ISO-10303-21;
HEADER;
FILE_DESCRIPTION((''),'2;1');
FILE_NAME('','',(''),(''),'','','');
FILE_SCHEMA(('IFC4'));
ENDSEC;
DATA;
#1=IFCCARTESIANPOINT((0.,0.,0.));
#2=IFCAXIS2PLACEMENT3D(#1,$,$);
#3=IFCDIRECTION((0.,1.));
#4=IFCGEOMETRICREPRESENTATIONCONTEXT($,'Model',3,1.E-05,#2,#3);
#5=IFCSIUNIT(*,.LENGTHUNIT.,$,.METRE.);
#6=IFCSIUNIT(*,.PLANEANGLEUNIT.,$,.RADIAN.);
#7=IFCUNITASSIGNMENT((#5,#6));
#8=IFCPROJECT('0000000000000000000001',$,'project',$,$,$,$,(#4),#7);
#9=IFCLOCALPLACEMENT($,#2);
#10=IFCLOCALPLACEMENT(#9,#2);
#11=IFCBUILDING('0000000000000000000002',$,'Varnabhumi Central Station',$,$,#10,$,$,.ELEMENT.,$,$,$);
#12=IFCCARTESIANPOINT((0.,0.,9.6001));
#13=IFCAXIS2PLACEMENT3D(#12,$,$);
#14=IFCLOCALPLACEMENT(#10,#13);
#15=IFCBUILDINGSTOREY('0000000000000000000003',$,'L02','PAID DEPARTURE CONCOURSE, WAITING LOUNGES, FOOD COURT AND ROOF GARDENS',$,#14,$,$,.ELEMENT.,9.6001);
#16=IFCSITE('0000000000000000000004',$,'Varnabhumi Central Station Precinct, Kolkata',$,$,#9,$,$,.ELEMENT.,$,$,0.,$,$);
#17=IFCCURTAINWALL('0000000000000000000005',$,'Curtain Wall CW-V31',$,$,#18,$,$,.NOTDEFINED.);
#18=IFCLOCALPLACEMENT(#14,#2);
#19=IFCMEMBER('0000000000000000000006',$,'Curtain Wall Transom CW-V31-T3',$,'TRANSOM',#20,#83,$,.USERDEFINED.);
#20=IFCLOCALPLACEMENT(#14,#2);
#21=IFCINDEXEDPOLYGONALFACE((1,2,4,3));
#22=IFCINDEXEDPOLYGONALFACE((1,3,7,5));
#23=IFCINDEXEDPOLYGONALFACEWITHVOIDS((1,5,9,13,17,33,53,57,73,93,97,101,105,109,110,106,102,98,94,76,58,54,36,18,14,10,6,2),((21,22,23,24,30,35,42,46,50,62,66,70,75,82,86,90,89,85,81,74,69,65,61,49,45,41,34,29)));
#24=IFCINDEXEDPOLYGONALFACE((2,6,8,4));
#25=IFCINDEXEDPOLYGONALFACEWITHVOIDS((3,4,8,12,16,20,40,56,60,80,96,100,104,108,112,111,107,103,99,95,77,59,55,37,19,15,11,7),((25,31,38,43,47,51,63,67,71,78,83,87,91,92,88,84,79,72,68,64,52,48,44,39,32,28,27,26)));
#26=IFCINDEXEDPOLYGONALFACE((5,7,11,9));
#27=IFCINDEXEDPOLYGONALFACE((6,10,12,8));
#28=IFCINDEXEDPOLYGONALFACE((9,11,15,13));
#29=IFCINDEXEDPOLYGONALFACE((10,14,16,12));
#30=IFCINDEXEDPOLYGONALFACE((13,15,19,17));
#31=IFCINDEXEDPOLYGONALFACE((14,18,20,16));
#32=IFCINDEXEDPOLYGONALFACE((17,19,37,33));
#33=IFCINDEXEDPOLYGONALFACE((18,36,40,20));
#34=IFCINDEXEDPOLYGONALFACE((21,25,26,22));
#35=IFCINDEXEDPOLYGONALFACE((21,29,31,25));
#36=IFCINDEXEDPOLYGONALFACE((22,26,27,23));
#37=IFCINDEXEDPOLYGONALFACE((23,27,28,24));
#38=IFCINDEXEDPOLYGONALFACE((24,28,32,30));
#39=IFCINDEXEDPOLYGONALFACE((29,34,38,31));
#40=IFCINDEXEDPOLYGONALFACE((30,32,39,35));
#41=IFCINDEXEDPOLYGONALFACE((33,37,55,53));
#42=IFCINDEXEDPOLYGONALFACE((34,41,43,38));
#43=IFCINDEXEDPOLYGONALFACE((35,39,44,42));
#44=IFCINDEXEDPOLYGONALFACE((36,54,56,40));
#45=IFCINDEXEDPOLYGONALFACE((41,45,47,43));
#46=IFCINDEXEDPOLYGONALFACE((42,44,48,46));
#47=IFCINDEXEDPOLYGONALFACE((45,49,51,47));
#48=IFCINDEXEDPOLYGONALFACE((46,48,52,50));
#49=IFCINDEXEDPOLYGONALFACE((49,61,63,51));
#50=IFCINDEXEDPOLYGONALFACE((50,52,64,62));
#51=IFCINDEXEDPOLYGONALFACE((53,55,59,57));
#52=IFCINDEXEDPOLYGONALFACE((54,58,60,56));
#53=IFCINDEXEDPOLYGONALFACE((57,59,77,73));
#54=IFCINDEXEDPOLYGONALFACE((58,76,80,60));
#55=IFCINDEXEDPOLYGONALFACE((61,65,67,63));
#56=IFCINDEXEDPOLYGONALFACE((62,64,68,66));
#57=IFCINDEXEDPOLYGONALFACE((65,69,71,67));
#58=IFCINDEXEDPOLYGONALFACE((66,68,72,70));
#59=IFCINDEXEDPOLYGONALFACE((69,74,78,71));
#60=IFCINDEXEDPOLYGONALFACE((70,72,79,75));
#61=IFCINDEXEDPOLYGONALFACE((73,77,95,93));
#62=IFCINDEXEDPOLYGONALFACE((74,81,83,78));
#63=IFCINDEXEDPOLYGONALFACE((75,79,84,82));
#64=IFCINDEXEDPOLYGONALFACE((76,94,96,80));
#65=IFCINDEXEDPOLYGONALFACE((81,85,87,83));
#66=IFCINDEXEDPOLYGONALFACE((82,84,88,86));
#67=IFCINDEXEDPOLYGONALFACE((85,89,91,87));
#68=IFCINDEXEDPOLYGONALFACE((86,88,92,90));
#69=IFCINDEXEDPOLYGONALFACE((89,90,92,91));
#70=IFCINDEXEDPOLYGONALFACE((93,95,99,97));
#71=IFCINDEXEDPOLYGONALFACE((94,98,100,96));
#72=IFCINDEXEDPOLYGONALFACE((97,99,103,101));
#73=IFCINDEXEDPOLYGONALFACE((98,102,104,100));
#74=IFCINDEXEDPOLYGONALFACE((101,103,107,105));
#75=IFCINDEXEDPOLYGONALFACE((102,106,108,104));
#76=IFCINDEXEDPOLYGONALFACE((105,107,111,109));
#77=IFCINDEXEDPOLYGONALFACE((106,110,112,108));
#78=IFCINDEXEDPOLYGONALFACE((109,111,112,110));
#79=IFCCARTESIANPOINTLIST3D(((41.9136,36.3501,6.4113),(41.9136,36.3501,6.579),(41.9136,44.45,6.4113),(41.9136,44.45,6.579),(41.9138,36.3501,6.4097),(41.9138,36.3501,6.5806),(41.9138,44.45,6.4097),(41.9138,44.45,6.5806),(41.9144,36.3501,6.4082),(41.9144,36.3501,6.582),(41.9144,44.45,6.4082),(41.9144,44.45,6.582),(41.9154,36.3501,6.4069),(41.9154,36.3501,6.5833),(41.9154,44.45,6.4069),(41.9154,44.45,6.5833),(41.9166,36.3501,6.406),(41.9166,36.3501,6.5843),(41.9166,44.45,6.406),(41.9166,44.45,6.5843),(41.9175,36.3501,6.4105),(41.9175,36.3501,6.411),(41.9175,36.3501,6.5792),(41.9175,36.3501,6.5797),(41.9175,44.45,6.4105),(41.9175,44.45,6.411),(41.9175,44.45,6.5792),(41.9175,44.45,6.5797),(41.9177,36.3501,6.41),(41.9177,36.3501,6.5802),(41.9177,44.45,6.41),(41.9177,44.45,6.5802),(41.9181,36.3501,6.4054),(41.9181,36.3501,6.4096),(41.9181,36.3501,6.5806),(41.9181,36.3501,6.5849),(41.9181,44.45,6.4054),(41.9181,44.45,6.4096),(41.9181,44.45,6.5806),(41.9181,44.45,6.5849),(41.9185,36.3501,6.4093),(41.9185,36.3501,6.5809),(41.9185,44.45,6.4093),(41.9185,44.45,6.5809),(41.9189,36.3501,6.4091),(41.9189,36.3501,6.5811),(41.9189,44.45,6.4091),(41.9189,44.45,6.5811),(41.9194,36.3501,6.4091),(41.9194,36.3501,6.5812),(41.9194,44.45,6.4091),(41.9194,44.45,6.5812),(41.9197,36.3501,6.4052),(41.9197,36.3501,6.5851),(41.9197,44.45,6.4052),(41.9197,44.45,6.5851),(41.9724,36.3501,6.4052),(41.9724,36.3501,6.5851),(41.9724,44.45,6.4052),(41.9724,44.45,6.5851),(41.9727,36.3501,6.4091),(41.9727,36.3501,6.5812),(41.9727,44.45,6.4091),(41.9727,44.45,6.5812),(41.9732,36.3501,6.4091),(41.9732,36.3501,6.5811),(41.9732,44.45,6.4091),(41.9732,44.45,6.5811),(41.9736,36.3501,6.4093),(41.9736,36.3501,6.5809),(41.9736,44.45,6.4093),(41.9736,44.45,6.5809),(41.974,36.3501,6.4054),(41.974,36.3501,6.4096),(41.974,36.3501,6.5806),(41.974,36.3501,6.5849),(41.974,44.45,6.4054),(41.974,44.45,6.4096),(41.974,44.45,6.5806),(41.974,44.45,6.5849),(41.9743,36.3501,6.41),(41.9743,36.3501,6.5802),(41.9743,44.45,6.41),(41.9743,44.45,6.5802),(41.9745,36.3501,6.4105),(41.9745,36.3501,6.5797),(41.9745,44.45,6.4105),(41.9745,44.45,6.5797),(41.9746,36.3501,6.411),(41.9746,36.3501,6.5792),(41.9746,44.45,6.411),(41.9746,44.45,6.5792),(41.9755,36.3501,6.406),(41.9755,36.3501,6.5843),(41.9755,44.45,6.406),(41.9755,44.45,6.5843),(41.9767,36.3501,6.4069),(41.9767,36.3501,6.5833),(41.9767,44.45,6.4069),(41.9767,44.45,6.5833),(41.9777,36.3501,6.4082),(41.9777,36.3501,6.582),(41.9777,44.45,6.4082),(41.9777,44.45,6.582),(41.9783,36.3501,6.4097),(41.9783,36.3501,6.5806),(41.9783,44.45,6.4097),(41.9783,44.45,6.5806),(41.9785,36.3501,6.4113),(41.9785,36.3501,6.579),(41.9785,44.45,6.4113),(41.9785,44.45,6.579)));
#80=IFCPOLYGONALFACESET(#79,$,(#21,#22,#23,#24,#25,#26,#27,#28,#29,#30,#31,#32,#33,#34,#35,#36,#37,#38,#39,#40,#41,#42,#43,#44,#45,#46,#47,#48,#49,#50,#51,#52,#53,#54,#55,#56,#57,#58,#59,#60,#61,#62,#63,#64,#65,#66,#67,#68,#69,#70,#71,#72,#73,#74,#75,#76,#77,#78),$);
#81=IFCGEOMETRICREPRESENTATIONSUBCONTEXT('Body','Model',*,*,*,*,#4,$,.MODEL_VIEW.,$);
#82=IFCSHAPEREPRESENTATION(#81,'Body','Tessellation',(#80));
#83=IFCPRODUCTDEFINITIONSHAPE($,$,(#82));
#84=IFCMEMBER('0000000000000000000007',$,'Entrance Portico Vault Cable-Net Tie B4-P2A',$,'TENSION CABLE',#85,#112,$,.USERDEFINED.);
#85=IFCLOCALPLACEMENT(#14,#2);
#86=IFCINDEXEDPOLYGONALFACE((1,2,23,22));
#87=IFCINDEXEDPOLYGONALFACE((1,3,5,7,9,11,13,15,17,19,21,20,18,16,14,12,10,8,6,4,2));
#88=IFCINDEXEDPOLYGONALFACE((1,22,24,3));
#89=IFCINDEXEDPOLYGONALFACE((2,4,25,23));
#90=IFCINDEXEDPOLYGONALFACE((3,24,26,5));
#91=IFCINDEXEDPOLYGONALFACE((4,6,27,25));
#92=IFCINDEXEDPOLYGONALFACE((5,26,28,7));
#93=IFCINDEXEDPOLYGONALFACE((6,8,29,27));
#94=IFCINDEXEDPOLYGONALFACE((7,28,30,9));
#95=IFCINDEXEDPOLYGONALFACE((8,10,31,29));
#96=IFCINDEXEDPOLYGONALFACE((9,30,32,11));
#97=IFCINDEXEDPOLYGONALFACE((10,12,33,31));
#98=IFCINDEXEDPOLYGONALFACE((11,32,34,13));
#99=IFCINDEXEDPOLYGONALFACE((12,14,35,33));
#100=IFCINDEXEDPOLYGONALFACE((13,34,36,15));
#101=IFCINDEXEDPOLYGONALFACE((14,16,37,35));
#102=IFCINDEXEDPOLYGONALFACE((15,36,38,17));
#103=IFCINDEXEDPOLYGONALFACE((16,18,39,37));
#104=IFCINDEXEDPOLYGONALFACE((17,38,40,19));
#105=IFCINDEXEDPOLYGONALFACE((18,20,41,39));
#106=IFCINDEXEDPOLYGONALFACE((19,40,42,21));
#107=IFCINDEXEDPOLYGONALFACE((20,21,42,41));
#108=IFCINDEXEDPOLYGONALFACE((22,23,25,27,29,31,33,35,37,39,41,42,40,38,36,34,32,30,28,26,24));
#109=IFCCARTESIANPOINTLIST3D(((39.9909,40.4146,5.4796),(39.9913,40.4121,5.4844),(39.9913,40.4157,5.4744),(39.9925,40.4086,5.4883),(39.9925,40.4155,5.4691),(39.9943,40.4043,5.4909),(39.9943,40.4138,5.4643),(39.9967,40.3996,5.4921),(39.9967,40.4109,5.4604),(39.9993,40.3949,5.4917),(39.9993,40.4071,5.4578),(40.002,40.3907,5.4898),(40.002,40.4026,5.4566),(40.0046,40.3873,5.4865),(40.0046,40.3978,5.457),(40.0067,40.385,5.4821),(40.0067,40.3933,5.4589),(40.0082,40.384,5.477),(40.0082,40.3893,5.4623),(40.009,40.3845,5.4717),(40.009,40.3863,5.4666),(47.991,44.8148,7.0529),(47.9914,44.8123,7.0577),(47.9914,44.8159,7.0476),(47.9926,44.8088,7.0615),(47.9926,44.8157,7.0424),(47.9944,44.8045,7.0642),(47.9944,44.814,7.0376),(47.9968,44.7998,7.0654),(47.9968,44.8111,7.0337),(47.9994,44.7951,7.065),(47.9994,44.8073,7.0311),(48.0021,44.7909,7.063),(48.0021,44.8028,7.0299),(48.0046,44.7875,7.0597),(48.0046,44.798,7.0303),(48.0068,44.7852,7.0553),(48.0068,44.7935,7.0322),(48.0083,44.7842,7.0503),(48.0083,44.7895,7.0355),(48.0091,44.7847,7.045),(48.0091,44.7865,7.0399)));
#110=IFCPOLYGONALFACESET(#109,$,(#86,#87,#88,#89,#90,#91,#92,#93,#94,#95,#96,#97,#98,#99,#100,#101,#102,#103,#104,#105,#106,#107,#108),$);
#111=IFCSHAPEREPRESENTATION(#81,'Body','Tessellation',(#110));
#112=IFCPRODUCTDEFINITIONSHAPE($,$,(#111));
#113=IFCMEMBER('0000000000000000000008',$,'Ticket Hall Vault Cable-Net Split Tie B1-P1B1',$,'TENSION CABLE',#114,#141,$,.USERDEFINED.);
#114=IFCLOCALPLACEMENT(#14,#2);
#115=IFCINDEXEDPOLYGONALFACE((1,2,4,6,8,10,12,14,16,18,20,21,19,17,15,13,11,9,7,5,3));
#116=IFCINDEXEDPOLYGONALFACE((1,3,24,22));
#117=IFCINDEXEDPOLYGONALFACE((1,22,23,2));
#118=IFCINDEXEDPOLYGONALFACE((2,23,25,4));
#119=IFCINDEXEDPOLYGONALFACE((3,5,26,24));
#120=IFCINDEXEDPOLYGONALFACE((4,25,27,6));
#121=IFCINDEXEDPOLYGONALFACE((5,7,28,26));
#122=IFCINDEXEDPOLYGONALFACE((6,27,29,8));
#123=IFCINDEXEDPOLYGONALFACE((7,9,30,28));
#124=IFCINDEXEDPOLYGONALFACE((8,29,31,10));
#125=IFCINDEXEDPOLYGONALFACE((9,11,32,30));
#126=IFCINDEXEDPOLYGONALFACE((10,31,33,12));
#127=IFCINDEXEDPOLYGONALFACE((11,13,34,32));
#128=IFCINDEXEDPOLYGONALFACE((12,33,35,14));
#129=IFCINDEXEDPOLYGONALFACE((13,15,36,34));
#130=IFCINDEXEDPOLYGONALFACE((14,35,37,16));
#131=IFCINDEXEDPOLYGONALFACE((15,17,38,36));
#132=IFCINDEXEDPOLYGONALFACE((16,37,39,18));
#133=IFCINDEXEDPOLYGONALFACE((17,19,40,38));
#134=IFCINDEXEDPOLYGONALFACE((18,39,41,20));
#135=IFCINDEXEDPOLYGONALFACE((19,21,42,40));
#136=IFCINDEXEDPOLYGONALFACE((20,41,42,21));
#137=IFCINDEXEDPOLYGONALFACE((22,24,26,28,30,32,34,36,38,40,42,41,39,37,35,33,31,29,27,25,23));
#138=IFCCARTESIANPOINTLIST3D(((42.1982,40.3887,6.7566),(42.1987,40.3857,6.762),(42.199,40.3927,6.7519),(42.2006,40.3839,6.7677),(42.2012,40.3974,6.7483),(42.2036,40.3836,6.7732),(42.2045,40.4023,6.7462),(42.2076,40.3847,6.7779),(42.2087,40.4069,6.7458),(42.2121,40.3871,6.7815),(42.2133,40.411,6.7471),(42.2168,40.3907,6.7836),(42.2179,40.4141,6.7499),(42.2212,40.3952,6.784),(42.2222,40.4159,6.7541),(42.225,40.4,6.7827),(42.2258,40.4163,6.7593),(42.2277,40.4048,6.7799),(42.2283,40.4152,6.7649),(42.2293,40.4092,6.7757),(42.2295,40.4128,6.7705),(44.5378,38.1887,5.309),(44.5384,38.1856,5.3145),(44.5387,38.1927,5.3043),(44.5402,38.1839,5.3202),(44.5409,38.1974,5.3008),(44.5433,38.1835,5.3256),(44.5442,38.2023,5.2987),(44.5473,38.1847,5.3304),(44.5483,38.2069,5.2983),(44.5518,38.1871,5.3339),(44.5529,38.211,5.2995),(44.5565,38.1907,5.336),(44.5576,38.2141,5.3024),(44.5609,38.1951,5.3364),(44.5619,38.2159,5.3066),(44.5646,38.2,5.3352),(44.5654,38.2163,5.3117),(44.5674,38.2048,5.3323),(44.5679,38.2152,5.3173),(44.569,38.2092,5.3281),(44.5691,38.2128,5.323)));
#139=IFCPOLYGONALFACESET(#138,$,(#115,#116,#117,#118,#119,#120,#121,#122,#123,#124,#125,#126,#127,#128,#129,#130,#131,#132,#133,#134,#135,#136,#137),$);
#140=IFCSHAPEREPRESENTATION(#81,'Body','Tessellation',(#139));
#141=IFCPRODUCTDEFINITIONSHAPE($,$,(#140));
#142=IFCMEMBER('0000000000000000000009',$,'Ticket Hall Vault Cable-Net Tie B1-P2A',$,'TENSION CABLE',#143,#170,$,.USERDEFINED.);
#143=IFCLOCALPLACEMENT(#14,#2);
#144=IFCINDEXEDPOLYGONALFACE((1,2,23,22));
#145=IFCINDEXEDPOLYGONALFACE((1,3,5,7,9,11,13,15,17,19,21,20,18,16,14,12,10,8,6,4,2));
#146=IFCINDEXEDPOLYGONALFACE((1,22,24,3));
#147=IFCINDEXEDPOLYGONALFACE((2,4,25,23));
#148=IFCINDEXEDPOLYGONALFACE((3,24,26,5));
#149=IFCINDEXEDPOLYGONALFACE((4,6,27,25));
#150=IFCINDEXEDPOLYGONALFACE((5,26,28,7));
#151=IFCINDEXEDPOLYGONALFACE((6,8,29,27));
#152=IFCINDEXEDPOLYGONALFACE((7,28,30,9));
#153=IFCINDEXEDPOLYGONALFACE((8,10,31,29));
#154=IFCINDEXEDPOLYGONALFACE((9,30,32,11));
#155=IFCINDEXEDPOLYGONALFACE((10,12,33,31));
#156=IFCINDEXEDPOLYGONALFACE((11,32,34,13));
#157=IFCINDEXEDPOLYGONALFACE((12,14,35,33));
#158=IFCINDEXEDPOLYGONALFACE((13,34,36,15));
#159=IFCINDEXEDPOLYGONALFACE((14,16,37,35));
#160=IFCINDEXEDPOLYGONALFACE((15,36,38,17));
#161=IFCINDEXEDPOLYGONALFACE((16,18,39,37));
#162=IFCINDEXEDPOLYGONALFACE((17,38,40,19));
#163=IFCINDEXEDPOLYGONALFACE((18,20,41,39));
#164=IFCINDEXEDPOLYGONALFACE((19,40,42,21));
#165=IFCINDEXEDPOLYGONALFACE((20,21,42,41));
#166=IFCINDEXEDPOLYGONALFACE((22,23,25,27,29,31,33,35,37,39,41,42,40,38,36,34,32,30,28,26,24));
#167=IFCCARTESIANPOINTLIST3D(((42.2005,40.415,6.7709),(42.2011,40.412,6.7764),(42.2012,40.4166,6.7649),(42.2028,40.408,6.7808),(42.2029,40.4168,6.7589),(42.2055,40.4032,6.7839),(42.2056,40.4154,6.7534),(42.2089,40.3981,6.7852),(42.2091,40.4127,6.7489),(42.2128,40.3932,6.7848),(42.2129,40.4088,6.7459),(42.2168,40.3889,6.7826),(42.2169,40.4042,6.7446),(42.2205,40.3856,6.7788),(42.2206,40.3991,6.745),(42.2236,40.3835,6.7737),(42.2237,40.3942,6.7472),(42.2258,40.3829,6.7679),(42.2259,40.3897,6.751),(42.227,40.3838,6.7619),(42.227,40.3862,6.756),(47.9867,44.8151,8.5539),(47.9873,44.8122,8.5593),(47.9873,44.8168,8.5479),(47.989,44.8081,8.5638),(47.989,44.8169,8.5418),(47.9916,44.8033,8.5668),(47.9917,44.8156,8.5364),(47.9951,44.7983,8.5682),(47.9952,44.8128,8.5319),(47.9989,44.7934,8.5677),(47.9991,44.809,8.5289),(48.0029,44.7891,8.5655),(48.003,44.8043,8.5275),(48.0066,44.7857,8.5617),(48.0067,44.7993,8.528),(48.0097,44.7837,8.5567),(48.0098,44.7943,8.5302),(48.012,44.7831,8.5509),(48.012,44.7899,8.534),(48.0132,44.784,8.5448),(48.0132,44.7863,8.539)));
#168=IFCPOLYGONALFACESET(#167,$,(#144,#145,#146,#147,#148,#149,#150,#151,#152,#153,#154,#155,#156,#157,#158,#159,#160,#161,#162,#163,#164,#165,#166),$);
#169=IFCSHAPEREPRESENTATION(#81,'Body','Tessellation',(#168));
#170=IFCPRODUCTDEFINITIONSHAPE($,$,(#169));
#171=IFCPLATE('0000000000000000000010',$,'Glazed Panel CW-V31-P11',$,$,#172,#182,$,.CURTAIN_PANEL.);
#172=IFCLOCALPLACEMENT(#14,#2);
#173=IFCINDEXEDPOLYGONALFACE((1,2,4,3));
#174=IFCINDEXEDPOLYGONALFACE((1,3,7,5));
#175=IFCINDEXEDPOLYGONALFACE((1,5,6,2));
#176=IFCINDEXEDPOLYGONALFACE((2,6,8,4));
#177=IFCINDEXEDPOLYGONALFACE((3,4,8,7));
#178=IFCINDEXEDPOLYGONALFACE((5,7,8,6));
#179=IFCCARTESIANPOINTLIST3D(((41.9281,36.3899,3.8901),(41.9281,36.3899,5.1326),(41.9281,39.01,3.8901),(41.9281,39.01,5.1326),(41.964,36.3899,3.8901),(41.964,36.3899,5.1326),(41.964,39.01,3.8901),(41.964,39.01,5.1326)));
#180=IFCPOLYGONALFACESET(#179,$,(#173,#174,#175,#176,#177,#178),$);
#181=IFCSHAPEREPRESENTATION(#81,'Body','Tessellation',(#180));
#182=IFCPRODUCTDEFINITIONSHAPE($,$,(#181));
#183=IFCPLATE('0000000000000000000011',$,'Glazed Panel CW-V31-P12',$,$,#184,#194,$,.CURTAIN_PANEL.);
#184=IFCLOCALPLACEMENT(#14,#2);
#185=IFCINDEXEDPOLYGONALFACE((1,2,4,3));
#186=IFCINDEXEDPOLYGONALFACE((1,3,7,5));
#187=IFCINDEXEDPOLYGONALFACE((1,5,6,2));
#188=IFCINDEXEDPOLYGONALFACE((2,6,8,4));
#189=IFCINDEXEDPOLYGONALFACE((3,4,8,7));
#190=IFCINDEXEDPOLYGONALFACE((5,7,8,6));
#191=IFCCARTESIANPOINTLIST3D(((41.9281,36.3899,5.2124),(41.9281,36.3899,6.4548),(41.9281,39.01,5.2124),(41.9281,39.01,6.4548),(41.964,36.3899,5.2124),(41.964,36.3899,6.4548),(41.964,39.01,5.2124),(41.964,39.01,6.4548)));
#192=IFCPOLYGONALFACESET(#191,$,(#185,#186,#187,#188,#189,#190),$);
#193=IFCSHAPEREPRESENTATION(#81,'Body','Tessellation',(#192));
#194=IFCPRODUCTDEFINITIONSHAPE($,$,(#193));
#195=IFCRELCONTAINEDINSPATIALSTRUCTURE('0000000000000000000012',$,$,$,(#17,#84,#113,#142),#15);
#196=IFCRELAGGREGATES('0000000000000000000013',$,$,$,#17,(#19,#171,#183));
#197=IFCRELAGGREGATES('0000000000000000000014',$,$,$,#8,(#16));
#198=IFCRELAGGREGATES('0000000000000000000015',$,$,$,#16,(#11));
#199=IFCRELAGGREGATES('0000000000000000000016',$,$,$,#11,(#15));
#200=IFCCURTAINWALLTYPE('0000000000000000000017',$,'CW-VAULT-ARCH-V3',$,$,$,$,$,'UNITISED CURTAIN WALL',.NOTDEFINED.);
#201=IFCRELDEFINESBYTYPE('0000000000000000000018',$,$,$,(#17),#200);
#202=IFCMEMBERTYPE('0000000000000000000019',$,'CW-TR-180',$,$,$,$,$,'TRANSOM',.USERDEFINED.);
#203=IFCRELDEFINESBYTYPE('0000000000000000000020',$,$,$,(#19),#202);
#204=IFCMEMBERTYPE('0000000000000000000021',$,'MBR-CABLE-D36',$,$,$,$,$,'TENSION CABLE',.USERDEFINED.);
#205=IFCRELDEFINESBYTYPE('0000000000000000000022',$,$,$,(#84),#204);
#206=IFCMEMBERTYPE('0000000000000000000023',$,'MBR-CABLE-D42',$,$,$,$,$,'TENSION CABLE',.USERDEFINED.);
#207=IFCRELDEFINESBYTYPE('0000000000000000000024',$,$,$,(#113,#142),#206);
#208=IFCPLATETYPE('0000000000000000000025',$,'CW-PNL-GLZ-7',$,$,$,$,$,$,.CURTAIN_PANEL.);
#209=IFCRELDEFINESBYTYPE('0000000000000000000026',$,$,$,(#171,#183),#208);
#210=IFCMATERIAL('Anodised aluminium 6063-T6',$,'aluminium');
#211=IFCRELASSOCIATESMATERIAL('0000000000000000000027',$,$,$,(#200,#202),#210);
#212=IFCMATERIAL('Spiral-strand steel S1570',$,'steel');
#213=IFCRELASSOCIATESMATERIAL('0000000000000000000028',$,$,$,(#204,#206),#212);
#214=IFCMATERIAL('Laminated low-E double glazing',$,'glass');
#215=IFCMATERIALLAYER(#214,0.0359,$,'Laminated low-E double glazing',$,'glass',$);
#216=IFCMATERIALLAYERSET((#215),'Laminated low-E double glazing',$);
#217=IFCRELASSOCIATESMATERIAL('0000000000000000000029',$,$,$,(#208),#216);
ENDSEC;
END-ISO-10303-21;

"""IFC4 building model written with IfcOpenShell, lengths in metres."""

from ifc_helpers import new_model, si_unit, direction, frame, origin, origin_2d, place, context, subcontext, project, spatial, rectangle, hollow_rectangle, circle, extrude, material, layer, layer_set, material_profile, profile_set, type_object, element, aggregate, save


model = new_model("IFC4")

# Units and contexts
model_context = context("Model", 3, precision=1e-05, world=origin(), true_north=direction((0.0, 1.0)))
body_context = subcontext(model_context, "Body", "Model", "MODEL_VIEW")
ifc_project = project(units=[si_unit("LENGTHUNIT", "METRE"), si_unit("PLANEANGLEUNIT", "RADIAN")], contexts=[model_context])

# Site, building, storey
site_placement = place(None, origin())
site = spatial("IfcSite", under=ifc_project, at=site_placement, Name="Varnabhumi Central Station Precinct, Kolkata", CompositionType="ELEMENT", RefElevation=0.0)
building_placement = place(site_placement, origin())
building = spatial("IfcBuilding", under=site, at=building_placement, Name="Varnabhumi Central Station", CompositionType="ELEMENT")
storey_placement = place(building_placement, frame((0.0, 0.0, 9.6001)))
storey = spatial("IfcBuildingStorey", under=building, at=storey_placement, Name="L02", Description="PAID DEPARTURE CONCOURSE, WAITING LOUNGES, FOOD COURT AND ROOF GARDENS", CompositionType="ELEMENT", Elevation=9.6001)

# Curtain wall, member
ifc_material_1 = material(Name="Anodised aluminium 6063-T6", Category="aluminium")
curtain_wall_type = type_object("IfcCurtainWallType", Name="CW-VAULT-ARCH-V3", ElementType="UNITISED CURTAIN WALL", PredefinedType="NOTDEFINED", material=ifc_material_1)
curtain_wall_placement = place(storey_placement, origin())
curtain_wall = element("IfcCurtainWall", 1, at=curtain_wall_placement, inside=storey, type_object=curtain_wall_type, Name="Curtain Wall CW-V31", PredefinedType="NOTDEFINED")
ifc_material_profile_1 = material_profile(ifc_material_1, hollow_rectangle(XDim=0.0649, YDim=0.1799, WallThickness=0.0039, InnerFilletRadius=0.002, OuterFilletRadius=0.0061, at=origin_2d()), Name="Anodised aluminium 6063-T6", Category="aluminium")
ifc_profile_set_1 = profile_set([ifc_material_profile_1], Name="Anodised aluminium 6063-T6")
member_type_1 = type_object("IfcMemberType", Name="CW-TR-180", ElementType="TRANSOM", PredefinedType="USERDEFINED", material=ifc_profile_set_1)
member_1_placement = place(storey_placement, frame((41.946, 36.3501, 6.4951), z_axis=(0.0, 1.0, 0.0), x_axis=(-1.0, 0.0, 0.0)))
member_1 = element("IfcMember", 2, at=member_1_placement, type_object=member_type_1, Name="Curtain Wall Transom CW-V31-T3", ObjectType="TRANSOM", PredefinedType="USERDEFINED", context=body_context, shape_type="SweptSolid", body=[
    extrude(hollow_rectangle(XDim=0.0649, YDim=0.1799, WallThickness=0.0039, InnerFilletRadius=0.002, OuterFilletRadius=0.0061, at=origin_2d()), origin(), (0.0, 0.0, 1.0), 8.0999),
])

# Members
ifc_material_2 = material(Name="Spiral-strand steel S1570", Category="steel")
ifc_material_profile_2 = material_profile(ifc_material_2, circle(Radius=0.0181, at=origin_2d()), Name="Spiral-strand steel S1570", Category="steel")
ifc_profile_set_2 = profile_set([ifc_material_profile_2], Name="Spiral-strand steel S1570")
member_type_2 = type_object("IfcMemberType", Name="MBR-CABLE-D36", ElementType="TENSION CABLE", PredefinedType="USERDEFINED", material=ifc_profile_set_2)
member_2_placement = place(storey_placement, frame((40.0, 40.3999, 5.4744), z_axis=(0.863484, 0.474932, 0.169809), x_axis=(-0.481931, 0.876209, 0.0)))
element("IfcMember", 3, at=member_2_placement, inside=storey, type_object=member_type_2, Name="Entrance Portico Vault Cable-Net Tie B4-P2A", ObjectType="TENSION CABLE", PredefinedType="USERDEFINED", context=body_context, shape_type="SweptSolid", body=[
    extrude(circle(Radius=0.0181, at=origin_2d()), origin(), (0.0, 0.0, 1.0), 9.2649),
])
ifc_material_profile_3 = material_profile(ifc_material_2, circle(Radius=0.021, at=origin_2d()), Name="Spiral-strand steel S1570", Category="steel")
ifc_profile_set_3 = profile_set([ifc_material_profile_3], Name="Spiral-strand steel S1570")
member_type_3 = type_object("IfcMemberType", Name="MBR-CABLE-D42", ElementType="TENSION CABLE", PredefinedType="USERDEFINED", material=ifc_profile_set_3)
member_3_placement = place(storey_placement, frame((42.2139, 40.3999, 6.7649), z_axis=(0.664166, -0.624523, -0.410919), x_axis=(0.68503, 0.728515, 0.0)))
element("IfcMember", 4, at=member_3_placement, inside=storey, type_object=member_type_3, Name="Ticket Hall Vault Cable-Net Split Tie B1-P1B1", ObjectType="TENSION CABLE", PredefinedType="USERDEFINED", context=body_context, shape_type="SweptSolid", body=[
    extrude(circle(Radius=0.021, at=origin_2d()), origin(), (0.0, 0.0, 1.0), 3.5227),
])
member_4_placement = place(storey_placement, frame((42.2139, 40.3999, 6.7649), z_axis=(0.773069, 0.587892, 0.238216), x_axis=(-0.605317, 0.795984, 0.0)))
element("IfcMember", 5, at=member_4_placement, inside=storey, type_object=member_type_3, Name="Ticket Hall Vault Cable-Net Tie B1-P2A", ObjectType="TENSION CABLE", PredefinedType="USERDEFINED", context=body_context, shape_type="SweptSolid", body=[
    extrude(circle(Radius=0.021, at=origin_2d()), origin(), (0.0, 0.0, 1.0), 7.4846),
])

# Plates
ifc_material_3 = material(Name="Laminated low-E double glazing", Category="glass")
ifc_layer_1 = layer(ifc_material_3, 0.0359, Name="Laminated low-E double glazing", Category="glass")
ifc_layer_set_1 = layer_set([ifc_layer_1], Name="Laminated low-E double glazing")
plate_type = type_object("IfcPlateType", Name="CW-PNL-GLZ-7", PredefinedType="CURTAIN_PANEL", material=ifc_layer_set_1)
plate_1_placement = place(storey_placement, frame((41.946, 37.7, 3.8901), z_axis=(0.0, 0.0, 1.0), x_axis=(0.0, 1.0, 0.0)))
plate_1 = element("IfcPlate", 6, at=plate_1_placement, type_object=plate_type, Name="Glazed Panel CW-V31-P11", PredefinedType="CURTAIN_PANEL", context=body_context, shape_type="SweptSolid", body=[
    extrude(rectangle(XDim=2.6201, YDim=0.0359, at=origin_2d()), origin(), (0.0, 0.0, 1.0), 1.2424),
])
plate_2_placement = place(storey_placement, frame((41.946, 37.7, 5.2124), z_axis=(0.0, 0.0, 1.0), x_axis=(0.0, 1.0, 0.0)))
plate_2 = element("IfcPlate", 7, at=plate_2_placement, type_object=plate_type, Name="Glazed Panel CW-V31-P12", PredefinedType="CURTAIN_PANEL", context=body_context, shape_type="SweptSolid", body=[
    extrude(rectangle(XDim=2.6201, YDim=0.0359, at=origin_2d()), origin(), (0.0, 0.0, 1.0), 1.2424),
])
aggregate(curtain_wall, [member_1, plate_1, plate_2])

save(model, "model.ifc")
